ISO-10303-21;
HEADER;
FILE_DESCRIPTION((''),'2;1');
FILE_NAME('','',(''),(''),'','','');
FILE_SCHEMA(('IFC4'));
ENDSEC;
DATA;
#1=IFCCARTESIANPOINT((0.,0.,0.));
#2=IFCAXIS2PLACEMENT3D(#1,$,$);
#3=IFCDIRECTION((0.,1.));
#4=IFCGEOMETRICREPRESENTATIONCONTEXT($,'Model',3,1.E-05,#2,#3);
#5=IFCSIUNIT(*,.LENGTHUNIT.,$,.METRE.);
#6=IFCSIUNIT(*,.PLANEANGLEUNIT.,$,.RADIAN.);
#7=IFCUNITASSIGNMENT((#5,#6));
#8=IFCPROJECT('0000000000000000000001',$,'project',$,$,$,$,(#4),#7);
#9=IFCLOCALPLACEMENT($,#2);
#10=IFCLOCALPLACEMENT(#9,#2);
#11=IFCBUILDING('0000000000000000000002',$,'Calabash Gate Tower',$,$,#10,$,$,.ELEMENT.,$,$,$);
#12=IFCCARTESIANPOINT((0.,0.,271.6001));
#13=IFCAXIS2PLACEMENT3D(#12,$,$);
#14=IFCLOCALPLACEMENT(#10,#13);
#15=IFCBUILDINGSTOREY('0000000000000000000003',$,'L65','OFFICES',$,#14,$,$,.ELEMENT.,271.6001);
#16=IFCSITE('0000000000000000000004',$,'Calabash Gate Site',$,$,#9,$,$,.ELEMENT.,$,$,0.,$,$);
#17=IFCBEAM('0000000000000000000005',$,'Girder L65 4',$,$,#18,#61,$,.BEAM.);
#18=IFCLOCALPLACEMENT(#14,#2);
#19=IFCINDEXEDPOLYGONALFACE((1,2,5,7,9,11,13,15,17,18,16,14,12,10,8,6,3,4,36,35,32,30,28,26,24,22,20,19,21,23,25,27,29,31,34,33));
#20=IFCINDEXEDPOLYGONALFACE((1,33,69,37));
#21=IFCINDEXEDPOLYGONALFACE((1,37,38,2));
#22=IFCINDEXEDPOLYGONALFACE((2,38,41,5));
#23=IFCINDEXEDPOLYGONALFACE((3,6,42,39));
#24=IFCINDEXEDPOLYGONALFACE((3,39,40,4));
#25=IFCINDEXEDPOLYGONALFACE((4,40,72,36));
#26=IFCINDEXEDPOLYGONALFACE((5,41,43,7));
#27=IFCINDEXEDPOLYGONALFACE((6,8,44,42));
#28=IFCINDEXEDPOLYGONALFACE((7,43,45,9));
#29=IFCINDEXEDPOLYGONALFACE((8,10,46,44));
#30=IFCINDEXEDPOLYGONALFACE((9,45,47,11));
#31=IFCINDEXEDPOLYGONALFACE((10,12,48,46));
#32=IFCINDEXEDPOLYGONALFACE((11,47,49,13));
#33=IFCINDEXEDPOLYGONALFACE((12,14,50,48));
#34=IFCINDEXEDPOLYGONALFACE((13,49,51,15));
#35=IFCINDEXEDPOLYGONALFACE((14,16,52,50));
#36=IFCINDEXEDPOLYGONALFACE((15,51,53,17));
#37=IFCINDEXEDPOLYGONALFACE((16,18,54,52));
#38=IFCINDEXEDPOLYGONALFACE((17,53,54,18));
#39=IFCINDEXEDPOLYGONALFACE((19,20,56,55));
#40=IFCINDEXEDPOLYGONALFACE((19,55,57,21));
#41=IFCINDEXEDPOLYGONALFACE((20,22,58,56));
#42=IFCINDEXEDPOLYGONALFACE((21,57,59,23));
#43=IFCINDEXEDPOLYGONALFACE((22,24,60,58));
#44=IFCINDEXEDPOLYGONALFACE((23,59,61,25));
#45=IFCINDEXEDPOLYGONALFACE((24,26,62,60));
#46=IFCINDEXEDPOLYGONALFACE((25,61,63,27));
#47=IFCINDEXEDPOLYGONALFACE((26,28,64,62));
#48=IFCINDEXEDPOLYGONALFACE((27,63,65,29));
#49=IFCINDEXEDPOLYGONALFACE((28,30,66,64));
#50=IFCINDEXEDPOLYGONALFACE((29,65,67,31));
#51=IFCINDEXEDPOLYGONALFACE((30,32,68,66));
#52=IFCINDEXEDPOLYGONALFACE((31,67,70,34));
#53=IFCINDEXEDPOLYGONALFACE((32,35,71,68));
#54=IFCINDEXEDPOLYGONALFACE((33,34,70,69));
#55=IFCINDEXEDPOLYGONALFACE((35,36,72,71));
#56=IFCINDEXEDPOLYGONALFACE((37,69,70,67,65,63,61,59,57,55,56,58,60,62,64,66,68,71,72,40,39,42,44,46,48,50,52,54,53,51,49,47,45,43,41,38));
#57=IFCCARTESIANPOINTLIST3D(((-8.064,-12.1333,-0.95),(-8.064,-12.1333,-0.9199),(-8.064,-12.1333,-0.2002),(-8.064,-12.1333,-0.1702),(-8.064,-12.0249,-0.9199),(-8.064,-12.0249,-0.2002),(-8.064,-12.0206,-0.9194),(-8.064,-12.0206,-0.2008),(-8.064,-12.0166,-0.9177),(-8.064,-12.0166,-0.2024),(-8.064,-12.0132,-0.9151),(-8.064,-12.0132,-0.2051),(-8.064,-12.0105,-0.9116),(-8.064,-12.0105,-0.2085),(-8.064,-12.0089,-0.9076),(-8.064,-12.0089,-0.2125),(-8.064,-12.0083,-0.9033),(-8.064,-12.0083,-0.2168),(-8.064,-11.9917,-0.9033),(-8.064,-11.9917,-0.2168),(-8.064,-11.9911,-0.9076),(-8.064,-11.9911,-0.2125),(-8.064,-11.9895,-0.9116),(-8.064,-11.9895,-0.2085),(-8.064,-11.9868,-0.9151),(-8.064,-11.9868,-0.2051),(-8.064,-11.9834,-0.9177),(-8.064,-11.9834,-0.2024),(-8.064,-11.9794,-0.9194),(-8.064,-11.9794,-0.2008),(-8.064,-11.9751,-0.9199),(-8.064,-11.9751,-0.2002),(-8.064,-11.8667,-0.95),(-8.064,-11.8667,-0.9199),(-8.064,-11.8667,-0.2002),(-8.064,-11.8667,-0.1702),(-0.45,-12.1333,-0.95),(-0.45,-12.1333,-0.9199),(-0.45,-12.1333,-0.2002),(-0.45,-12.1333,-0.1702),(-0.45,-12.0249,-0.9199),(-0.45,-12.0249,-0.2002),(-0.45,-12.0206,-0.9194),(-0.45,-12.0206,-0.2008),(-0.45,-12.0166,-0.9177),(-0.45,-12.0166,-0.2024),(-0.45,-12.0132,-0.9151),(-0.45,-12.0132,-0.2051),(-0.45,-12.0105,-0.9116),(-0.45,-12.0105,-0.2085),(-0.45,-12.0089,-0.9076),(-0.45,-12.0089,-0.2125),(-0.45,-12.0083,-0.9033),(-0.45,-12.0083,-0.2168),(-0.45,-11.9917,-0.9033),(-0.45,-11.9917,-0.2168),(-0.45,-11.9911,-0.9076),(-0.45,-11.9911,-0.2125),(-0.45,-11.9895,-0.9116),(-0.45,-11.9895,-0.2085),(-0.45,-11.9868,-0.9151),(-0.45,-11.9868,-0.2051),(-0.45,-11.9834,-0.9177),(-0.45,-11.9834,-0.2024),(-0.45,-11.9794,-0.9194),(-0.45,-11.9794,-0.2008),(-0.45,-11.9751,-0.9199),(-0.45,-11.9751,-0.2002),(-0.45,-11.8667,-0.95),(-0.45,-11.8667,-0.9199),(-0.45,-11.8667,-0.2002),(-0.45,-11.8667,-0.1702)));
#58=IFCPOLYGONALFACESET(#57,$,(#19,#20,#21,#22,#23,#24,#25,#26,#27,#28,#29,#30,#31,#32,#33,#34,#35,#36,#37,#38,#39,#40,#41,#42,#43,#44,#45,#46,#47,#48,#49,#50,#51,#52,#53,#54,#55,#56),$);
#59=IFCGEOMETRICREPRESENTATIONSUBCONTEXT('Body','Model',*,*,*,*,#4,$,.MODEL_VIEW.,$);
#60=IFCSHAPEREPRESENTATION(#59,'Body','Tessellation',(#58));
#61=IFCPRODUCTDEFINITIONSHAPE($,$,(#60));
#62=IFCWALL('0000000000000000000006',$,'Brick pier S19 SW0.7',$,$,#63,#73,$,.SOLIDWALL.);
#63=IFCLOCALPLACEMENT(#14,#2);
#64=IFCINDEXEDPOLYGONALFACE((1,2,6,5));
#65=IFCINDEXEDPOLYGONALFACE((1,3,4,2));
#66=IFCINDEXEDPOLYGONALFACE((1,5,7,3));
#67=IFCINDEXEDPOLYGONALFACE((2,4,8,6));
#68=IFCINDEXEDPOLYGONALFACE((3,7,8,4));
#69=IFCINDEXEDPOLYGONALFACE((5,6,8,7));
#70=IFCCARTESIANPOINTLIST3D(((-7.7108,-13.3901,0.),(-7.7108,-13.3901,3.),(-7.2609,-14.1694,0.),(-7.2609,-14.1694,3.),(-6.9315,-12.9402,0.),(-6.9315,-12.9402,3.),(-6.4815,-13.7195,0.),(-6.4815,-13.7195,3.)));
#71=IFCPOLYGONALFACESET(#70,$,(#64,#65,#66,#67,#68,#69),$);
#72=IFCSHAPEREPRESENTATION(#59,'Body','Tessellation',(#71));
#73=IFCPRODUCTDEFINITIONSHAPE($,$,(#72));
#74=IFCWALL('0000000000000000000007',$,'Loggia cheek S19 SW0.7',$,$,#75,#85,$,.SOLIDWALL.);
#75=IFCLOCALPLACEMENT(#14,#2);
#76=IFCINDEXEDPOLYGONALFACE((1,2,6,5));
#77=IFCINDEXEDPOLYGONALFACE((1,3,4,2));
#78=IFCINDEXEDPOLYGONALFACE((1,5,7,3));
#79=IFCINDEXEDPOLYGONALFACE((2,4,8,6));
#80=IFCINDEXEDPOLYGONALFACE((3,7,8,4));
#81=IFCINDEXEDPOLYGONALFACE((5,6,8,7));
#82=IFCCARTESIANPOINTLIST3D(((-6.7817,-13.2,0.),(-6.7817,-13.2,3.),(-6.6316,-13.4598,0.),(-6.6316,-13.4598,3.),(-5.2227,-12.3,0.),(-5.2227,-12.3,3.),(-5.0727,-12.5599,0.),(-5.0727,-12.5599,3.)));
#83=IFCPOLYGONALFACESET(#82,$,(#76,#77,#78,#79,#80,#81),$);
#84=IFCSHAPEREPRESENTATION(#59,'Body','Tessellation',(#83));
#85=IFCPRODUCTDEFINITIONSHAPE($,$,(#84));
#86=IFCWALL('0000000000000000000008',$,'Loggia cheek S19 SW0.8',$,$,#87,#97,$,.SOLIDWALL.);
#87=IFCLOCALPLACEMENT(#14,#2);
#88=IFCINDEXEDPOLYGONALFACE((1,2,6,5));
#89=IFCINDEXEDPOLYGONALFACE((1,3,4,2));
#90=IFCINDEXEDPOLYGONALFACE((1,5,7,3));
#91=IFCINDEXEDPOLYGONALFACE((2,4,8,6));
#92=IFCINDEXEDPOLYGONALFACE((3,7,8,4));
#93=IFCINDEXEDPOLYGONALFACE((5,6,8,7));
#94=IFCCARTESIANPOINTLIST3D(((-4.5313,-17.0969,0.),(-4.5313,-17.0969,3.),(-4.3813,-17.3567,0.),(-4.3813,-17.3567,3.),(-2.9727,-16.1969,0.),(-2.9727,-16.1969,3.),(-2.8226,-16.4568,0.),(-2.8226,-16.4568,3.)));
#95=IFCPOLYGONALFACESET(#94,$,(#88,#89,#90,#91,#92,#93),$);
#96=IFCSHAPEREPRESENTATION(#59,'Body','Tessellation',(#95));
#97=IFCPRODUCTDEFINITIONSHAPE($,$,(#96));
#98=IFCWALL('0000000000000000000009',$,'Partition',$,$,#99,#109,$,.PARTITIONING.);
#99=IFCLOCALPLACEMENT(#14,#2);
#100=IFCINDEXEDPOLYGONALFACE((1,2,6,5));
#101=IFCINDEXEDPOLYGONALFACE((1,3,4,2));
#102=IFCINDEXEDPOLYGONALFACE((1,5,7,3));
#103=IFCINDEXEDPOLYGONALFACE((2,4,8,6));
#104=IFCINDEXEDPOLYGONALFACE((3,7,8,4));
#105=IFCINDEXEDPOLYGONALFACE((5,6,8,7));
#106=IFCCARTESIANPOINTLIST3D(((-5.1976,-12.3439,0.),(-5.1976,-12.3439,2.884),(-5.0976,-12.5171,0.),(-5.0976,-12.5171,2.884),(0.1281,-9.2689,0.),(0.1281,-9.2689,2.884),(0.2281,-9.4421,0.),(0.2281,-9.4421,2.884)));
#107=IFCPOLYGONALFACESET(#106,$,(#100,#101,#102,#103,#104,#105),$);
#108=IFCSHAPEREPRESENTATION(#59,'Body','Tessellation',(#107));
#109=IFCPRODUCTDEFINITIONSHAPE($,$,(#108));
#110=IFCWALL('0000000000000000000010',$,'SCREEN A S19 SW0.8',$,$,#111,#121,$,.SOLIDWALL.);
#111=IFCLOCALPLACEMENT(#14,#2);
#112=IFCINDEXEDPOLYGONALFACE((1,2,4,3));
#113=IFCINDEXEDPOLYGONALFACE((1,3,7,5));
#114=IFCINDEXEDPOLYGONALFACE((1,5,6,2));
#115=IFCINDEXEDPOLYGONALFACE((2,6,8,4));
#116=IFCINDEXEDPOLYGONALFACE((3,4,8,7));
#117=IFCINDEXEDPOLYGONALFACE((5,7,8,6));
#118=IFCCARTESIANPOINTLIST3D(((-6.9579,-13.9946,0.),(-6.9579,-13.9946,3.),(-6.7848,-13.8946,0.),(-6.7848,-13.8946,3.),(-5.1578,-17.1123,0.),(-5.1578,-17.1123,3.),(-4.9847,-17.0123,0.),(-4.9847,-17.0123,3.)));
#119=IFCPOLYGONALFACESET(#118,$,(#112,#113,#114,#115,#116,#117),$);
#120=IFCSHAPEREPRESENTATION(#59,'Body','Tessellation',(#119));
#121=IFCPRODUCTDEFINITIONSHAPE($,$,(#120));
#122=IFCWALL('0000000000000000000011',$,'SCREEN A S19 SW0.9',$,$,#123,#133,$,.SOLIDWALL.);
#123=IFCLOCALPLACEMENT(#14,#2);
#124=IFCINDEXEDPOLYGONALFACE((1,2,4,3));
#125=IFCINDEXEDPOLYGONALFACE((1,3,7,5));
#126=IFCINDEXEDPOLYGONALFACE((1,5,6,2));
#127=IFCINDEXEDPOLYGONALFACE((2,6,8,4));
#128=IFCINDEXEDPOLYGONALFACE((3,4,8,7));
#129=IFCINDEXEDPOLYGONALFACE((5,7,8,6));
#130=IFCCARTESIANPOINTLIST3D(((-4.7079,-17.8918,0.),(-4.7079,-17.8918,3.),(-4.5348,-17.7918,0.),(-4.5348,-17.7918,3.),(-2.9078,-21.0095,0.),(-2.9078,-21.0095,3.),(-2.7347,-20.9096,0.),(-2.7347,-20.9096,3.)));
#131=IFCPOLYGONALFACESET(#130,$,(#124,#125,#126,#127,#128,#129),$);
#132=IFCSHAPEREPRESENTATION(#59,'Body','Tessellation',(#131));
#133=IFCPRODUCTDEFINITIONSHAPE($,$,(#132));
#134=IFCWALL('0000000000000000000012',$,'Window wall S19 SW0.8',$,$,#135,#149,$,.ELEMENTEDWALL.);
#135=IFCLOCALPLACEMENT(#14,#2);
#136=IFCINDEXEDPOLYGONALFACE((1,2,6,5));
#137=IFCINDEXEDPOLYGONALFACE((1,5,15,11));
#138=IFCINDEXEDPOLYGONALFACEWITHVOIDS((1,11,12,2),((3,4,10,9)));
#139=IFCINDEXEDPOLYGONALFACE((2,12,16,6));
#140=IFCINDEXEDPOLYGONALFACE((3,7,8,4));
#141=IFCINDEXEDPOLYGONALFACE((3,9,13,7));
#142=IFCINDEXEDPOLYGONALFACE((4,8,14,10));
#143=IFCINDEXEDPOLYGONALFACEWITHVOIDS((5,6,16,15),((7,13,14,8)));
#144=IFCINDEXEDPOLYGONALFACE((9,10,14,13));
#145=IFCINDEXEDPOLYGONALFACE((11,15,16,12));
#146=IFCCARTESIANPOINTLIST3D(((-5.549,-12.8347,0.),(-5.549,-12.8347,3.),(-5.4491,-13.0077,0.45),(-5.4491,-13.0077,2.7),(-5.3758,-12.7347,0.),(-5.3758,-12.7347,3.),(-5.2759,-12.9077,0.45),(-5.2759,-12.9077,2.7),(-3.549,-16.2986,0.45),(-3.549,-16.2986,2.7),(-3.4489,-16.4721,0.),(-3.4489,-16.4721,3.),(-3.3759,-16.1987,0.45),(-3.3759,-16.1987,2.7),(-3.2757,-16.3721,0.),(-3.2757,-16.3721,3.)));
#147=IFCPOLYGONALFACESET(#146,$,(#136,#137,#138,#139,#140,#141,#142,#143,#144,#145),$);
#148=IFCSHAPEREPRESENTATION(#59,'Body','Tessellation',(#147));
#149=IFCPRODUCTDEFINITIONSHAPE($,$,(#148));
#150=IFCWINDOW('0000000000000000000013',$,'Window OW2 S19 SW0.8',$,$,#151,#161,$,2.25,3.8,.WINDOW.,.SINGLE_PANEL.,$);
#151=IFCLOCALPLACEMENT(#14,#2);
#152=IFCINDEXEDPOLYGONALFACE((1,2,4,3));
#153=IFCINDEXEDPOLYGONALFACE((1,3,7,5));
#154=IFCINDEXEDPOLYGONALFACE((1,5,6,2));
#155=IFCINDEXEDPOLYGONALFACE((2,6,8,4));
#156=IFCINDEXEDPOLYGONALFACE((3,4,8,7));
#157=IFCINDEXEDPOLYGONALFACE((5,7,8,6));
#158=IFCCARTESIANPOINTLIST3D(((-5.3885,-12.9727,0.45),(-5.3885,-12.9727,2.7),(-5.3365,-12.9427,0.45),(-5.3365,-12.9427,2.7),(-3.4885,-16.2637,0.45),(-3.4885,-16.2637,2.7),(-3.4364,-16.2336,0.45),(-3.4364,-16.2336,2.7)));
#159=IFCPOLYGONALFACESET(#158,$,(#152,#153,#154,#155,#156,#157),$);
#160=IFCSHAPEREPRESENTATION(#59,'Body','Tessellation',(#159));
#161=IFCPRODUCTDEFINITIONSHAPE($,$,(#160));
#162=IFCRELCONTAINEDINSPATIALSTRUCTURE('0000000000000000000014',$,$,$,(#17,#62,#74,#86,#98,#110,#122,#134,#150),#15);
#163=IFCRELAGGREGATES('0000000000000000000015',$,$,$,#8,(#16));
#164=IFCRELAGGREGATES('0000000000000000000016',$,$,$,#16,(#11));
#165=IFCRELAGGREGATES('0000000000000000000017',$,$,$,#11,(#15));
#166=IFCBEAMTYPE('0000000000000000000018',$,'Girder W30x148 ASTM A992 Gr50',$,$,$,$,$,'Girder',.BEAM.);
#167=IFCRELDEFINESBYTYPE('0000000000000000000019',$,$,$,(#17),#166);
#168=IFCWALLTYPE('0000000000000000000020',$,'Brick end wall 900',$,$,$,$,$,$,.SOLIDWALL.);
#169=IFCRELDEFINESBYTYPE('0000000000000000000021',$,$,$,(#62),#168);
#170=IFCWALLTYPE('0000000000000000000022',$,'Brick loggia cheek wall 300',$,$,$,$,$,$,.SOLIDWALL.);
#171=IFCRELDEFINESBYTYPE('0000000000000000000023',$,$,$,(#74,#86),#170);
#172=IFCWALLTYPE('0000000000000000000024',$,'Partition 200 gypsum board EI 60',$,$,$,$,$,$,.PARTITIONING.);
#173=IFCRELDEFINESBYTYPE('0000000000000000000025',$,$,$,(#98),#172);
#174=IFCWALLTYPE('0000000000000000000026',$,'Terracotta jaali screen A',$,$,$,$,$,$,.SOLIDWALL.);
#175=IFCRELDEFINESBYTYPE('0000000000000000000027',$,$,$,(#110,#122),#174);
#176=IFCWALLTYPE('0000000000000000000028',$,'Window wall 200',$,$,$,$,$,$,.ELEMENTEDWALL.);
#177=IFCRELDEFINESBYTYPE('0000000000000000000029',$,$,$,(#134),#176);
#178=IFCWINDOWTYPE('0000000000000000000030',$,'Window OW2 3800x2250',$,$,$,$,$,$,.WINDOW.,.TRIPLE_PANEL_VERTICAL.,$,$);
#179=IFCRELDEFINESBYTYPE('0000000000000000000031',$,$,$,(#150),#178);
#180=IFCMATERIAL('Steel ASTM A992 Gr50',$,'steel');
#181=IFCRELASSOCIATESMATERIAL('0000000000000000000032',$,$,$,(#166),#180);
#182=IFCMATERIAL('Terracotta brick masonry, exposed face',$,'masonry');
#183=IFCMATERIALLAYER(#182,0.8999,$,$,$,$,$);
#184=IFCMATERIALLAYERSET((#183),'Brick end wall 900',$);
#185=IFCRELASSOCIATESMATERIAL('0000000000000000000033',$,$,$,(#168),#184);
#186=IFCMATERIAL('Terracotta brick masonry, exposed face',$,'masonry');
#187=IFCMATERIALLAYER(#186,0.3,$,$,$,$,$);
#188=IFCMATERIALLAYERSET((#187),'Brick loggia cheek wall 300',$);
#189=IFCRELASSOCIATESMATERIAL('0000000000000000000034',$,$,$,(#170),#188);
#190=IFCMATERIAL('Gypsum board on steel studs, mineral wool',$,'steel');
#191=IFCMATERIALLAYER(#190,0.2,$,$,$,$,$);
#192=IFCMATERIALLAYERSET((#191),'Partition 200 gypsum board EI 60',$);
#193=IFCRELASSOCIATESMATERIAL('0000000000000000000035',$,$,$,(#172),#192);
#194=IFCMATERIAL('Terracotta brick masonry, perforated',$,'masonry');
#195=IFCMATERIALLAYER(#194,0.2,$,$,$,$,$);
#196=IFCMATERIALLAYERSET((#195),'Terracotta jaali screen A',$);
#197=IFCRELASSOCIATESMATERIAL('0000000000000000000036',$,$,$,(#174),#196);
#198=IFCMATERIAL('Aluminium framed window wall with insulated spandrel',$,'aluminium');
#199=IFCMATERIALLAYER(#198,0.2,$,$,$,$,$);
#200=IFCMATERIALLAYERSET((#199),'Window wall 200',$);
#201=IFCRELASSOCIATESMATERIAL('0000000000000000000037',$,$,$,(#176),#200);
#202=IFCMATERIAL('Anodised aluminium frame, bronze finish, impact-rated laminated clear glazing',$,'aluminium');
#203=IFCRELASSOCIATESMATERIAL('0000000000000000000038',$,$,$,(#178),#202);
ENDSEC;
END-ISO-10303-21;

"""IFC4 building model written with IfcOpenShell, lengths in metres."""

from ifc_helpers import new_model, si_unit, direction, frame, frame_2d, origin, origin_2d, place, context, subcontext, project, spatial, rectangle, i_section, extrude, material, layer, layer_set, material_profile, profile_set, type_object, element, fill, save


model = new_model("IFC4")

# Units and contexts
model_context = context("Model", 3, precision=1e-05, world=origin(), true_north=direction((0.0, 1.0)))
body_context = subcontext(model_context, "Body", "Model", "MODEL_VIEW")
ifc_project = project(units=[si_unit("LENGTHUNIT", "METRE"), si_unit("PLANEANGLEUNIT", "RADIAN")], contexts=[model_context])

# Site, building, storey
site_placement = place(None, origin())
site = spatial("IfcSite", under=ifc_project, at=site_placement, Name="Calabash Gate Site", CompositionType="ELEMENT", RefElevation=0.0)
building_placement = place(site_placement, origin())
building = spatial("IfcBuilding", under=site, at=building_placement, Name="Calabash Gate Tower", CompositionType="ELEMENT")
storey_placement = place(building_placement, frame((0.0, 0.0, 271.6001)))
storey = spatial("IfcBuildingStorey", under=building, at=storey_placement, Name="L65", Description="OFFICES", CompositionType="ELEMENT", Elevation=271.6001)

# Beam
ifc_material_1 = material(Name="Steel ASTM A992 Gr50", Category="steel")
ifc_material_profile_1 = material_profile(ifc_material_1, i_section(OverallWidth=0.2666, OverallDepth=0.7798, WebThickness=0.0166, FlangeThickness=0.03, FilletRadius=0.0166, at=origin_2d()))
ifc_profile_set_1 = profile_set([ifc_material_profile_1], Name="Steel ASTM A992 Gr50")
beam_type_1 = type_object("IfcBeamType", Name="Girder W30x148 ASTM A992 Gr50", ElementType="Girder", PredefinedType="BEAM", material=ifc_profile_set_1)
beam_1_placement = place(storey_placement, frame((-8.064, -12.0, -0.5601), z_axis=(1.0, 0.0, 0.0), x_axis=(0.0, 1.0, 0.0)))
element("IfcBeam", 1, at=beam_1_placement, inside=storey, type_object=beam_type_1, Name="Girder L65 4", PredefinedType="BEAM", context=body_context, shape_type="SweptSolid", body=[
    extrude(i_section(OverallWidth=0.2666, OverallDepth=0.7798, WebThickness=0.0166, FlangeThickness=0.03, FilletRadius=0.0166, at=origin_2d()), origin(), (0.0, 0.0, 1.0), 7.614),
])

# Walls
ifc_material_2 = material(Name="Terracotta brick masonry, exposed face", Category="masonry")
ifc_layer_1 = layer(ifc_material_2, 0.8999)
ifc_layer_set_1 = layer_set([ifc_layer_1], Name="Brick end wall 900")
wall_type_1 = type_object("IfcWallType", Name="Brick end wall 900", PredefinedType="SOLIDWALL", material=ifc_layer_set_1)
wall_1_placement = place(storey_placement, frame((-7.4858, -13.7798, 0.0), z_axis=(0.0, 0.0, 1.0), x_axis=(0.866014, 0.50002, 0.0)))
element("IfcWall", 2, at=wall_1_placement, inside=storey, type_object=wall_type_1, Name="Brick pier S19 SW0.7", PredefinedType="SOLIDWALL", context=body_context, shape_type="SweptSolid", body=[
    extrude(rectangle(XDim=0.8999, YDim=0.8999, at=frame_2d((0.45, 0.0))), origin(), (0.0, 0.0, 1.0), 3.0),
])
ifc_material_3 = material(Name="Terracotta brick masonry, exposed face", Category="masonry")
ifc_layer_2 = layer(ifc_material_3, 0.3)
ifc_layer_set_2 = layer_set([ifc_layer_2], Name="Brick loggia cheek wall 300")
wall_type_2 = type_object("IfcWallType", Name="Brick loggia cheek wall 300", PredefinedType="SOLIDWALL", material=ifc_layer_set_2)
wall_2_placement = place(storey_placement, frame((-6.7065, -13.3298, 0.0), z_axis=(0.0, 0.0, 1.0), x_axis=(0.866048, 0.499961, 0.0)))
element("IfcWall", 3, at=wall_2_placement, inside=storey, type_object=wall_type_2, Name="Loggia cheek S19 SW0.7", PredefinedType="SOLIDWALL", context=body_context, shape_type="SweptSolid", body=[
    extrude(rectangle(XDim=1.8, YDim=0.3, at=frame_2d((0.8999, 0.0))), origin(), (0.0, 0.0, 1.0), 3.0),
])
wall_3_placement = place(storey_placement, frame((-4.4563, -17.2268, 0.0), z_axis=(0.0, 0.0, 1.0), x_axis=(0.866014, 0.50002, 0.0)))
element("IfcWall", 4, at=wall_3_placement, inside=storey, type_object=wall_type_2, Name="Loggia cheek S19 SW0.8", PredefinedType="SOLIDWALL", context=body_context, shape_type="SweptSolid", body=[
    extrude(rectangle(XDim=1.7998, YDim=0.3, at=frame_2d((0.8999, 0.0))), origin(), (0.0, 0.0, 1.0), 3.0),
])
ifc_material_4 = material(Name="Gypsum board on steel studs, mineral wool", Category="steel")
ifc_layer_3 = layer(ifc_material_4, 0.2)
ifc_layer_set_3 = layer_set([ifc_layer_3], Name="Partition 200 gypsum board EI 60")
wall_type_3 = type_object("IfcWallType", Name="Partition 200 gypsum board EI 60", PredefinedType="PARTITIONING", material=ifc_layer_set_3)
wall_4_placement = place(storey_placement, frame((-5.1475, -12.4304, 0.0), z_axis=(0.0, 0.0, 1.0), x_axis=(0.866014, 0.50002, 0.0)))
element("IfcWall", 5, at=wall_4_placement, inside=storey, type_object=wall_type_3, Name="Partition", PredefinedType="PARTITIONING", context=body_context, shape_type="SweptSolid", body=[
    extrude(rectangle(XDim=6.1497, YDim=0.2, at=frame_2d((3.0747, 0.0))), origin(), (0.0, 0.0, 1.0), 2.884),
])
ifc_material_5 = material(Name="Terracotta brick masonry, perforated", Category="masonry")
ifc_layer_4 = layer(ifc_material_5, 0.2)
ifc_layer_set_4 = layer_set([ifc_layer_4], Name="Terracotta jaali screen A")
wall_type_4 = type_object("IfcWallType", Name="Terracotta jaali screen A", PredefinedType="SOLIDWALL", material=ifc_layer_set_4)
for number, where, z_axis, x_axis, name in (
    (6, (-6.8713, -13.9446, 0.0), (0.0, 0.0, 1.0), (0.500012, -0.866018, 0.0), "SCREEN A S19 SW0.8"),
    (7, (-4.6213, -17.8418, 0.0), (0.0, 0.0, 1.0), (0.500012, -0.866018, 0.0), "SCREEN A S19 SW0.9"),
):
    element("IfcWall", number, at=place(storey_placement, frame(where, z_axis=z_axis, x_axis=x_axis)), inside=storey, type_object=wall_type_4, Name=name, PredefinedType="SOLIDWALL", context=body_context, shape_type="SweptSolid", body=[
        extrude(rectangle(XDim=3.6001, YDim=0.2, at=frame_2d((1.8, 0.0))), origin(), (0.0, 0.0, 1.0), 3.0),
    ])

# Wall, opening, window
ifc_material_6 = material(Name="Aluminium framed window wall with insulated spandrel", Category="aluminium")
ifc_layer_5 = layer(ifc_material_6, 0.2)
ifc_layer_set_5 = layer_set([ifc_layer_5], Name="Window wall 200")
wall_type_5 = type_object("IfcWallType", Name="Window wall 200", PredefinedType="ELEMENTEDWALL", material=ifc_layer_set_5)
wall_5_placement = place(storey_placement, frame((-5.4624, -12.7847, 0.0), z_axis=(0.0, 0.0, 1.0), x_axis=(0.500003, -0.866024, 0.0)))
wall_5 = element("IfcWall", 8, at=wall_5_placement, inside=storey, type_object=wall_type_5, Name="Window wall S19 SW0.8", PredefinedType="ELEMENTEDWALL", context=body_context, shape_type="SweptSolid", body=[
    extrude(rectangle(XDim=4.2002, YDim=0.2, at=frame_2d((2.1001, 0.0))), origin(), (0.0, 0.0, 1.0), 3.0),
])
opening_1_placement = place(wall_5_placement, frame((0.2, 0.0, 0.45)))
opening_1 = element("IfcOpeningElement", 9, at=opening_1_placement, cuts=wall_5, PredefinedType="OPENING", context=body_context, shape_type="SweptSolid", body=[
    extrude(rectangle(XDim=3.8, YDim=2.25, at=frame_2d((1.8999, 1.125))), frame((0.0, 0.1099, 0.0), z_axis=(0.0, -1.0, 0.0), x_axis=(1.0, 0.0, 0.0)), (0.0, 0.0, 1.0), 0.22),
])
ifc_material_7 = material(Name="Anodised aluminium frame, bronze finish, impact-rated laminated clear glazing", Category="aluminium")
window_type_1 = type_object("IfcWindowType", Name="Window OW2 3800x2250", PartitioningType="TRIPLE_PANEL_VERTICAL", PredefinedType="WINDOW", material=ifc_material_7)
window_1_placement = place(opening_1_placement, origin())
window_1 = element("IfcWindow", 10, at=window_1_placement, inside=storey, type_object=window_type_1, Name="Window OW2 S19 SW0.8", OverallHeight=2.25, OverallWidth=3.8, PartitioningType="SINGLE_PANEL", PredefinedType="WINDOW", context=body_context, shape_type="SweptSolid", body=[
    extrude(rectangle(XDim=3.8, YDim=2.25, at=frame_2d((1.8999, 1.125))), frame((0.0, 0.03, 0.0), z_axis=(0.0, -1.0, 0.0), x_axis=(1.0, 0.0, 0.0)), (0.0, 0.0, 1.0), 0.0601),
])
fill(opening_1, window_1)

save(model, "model.ifc")
